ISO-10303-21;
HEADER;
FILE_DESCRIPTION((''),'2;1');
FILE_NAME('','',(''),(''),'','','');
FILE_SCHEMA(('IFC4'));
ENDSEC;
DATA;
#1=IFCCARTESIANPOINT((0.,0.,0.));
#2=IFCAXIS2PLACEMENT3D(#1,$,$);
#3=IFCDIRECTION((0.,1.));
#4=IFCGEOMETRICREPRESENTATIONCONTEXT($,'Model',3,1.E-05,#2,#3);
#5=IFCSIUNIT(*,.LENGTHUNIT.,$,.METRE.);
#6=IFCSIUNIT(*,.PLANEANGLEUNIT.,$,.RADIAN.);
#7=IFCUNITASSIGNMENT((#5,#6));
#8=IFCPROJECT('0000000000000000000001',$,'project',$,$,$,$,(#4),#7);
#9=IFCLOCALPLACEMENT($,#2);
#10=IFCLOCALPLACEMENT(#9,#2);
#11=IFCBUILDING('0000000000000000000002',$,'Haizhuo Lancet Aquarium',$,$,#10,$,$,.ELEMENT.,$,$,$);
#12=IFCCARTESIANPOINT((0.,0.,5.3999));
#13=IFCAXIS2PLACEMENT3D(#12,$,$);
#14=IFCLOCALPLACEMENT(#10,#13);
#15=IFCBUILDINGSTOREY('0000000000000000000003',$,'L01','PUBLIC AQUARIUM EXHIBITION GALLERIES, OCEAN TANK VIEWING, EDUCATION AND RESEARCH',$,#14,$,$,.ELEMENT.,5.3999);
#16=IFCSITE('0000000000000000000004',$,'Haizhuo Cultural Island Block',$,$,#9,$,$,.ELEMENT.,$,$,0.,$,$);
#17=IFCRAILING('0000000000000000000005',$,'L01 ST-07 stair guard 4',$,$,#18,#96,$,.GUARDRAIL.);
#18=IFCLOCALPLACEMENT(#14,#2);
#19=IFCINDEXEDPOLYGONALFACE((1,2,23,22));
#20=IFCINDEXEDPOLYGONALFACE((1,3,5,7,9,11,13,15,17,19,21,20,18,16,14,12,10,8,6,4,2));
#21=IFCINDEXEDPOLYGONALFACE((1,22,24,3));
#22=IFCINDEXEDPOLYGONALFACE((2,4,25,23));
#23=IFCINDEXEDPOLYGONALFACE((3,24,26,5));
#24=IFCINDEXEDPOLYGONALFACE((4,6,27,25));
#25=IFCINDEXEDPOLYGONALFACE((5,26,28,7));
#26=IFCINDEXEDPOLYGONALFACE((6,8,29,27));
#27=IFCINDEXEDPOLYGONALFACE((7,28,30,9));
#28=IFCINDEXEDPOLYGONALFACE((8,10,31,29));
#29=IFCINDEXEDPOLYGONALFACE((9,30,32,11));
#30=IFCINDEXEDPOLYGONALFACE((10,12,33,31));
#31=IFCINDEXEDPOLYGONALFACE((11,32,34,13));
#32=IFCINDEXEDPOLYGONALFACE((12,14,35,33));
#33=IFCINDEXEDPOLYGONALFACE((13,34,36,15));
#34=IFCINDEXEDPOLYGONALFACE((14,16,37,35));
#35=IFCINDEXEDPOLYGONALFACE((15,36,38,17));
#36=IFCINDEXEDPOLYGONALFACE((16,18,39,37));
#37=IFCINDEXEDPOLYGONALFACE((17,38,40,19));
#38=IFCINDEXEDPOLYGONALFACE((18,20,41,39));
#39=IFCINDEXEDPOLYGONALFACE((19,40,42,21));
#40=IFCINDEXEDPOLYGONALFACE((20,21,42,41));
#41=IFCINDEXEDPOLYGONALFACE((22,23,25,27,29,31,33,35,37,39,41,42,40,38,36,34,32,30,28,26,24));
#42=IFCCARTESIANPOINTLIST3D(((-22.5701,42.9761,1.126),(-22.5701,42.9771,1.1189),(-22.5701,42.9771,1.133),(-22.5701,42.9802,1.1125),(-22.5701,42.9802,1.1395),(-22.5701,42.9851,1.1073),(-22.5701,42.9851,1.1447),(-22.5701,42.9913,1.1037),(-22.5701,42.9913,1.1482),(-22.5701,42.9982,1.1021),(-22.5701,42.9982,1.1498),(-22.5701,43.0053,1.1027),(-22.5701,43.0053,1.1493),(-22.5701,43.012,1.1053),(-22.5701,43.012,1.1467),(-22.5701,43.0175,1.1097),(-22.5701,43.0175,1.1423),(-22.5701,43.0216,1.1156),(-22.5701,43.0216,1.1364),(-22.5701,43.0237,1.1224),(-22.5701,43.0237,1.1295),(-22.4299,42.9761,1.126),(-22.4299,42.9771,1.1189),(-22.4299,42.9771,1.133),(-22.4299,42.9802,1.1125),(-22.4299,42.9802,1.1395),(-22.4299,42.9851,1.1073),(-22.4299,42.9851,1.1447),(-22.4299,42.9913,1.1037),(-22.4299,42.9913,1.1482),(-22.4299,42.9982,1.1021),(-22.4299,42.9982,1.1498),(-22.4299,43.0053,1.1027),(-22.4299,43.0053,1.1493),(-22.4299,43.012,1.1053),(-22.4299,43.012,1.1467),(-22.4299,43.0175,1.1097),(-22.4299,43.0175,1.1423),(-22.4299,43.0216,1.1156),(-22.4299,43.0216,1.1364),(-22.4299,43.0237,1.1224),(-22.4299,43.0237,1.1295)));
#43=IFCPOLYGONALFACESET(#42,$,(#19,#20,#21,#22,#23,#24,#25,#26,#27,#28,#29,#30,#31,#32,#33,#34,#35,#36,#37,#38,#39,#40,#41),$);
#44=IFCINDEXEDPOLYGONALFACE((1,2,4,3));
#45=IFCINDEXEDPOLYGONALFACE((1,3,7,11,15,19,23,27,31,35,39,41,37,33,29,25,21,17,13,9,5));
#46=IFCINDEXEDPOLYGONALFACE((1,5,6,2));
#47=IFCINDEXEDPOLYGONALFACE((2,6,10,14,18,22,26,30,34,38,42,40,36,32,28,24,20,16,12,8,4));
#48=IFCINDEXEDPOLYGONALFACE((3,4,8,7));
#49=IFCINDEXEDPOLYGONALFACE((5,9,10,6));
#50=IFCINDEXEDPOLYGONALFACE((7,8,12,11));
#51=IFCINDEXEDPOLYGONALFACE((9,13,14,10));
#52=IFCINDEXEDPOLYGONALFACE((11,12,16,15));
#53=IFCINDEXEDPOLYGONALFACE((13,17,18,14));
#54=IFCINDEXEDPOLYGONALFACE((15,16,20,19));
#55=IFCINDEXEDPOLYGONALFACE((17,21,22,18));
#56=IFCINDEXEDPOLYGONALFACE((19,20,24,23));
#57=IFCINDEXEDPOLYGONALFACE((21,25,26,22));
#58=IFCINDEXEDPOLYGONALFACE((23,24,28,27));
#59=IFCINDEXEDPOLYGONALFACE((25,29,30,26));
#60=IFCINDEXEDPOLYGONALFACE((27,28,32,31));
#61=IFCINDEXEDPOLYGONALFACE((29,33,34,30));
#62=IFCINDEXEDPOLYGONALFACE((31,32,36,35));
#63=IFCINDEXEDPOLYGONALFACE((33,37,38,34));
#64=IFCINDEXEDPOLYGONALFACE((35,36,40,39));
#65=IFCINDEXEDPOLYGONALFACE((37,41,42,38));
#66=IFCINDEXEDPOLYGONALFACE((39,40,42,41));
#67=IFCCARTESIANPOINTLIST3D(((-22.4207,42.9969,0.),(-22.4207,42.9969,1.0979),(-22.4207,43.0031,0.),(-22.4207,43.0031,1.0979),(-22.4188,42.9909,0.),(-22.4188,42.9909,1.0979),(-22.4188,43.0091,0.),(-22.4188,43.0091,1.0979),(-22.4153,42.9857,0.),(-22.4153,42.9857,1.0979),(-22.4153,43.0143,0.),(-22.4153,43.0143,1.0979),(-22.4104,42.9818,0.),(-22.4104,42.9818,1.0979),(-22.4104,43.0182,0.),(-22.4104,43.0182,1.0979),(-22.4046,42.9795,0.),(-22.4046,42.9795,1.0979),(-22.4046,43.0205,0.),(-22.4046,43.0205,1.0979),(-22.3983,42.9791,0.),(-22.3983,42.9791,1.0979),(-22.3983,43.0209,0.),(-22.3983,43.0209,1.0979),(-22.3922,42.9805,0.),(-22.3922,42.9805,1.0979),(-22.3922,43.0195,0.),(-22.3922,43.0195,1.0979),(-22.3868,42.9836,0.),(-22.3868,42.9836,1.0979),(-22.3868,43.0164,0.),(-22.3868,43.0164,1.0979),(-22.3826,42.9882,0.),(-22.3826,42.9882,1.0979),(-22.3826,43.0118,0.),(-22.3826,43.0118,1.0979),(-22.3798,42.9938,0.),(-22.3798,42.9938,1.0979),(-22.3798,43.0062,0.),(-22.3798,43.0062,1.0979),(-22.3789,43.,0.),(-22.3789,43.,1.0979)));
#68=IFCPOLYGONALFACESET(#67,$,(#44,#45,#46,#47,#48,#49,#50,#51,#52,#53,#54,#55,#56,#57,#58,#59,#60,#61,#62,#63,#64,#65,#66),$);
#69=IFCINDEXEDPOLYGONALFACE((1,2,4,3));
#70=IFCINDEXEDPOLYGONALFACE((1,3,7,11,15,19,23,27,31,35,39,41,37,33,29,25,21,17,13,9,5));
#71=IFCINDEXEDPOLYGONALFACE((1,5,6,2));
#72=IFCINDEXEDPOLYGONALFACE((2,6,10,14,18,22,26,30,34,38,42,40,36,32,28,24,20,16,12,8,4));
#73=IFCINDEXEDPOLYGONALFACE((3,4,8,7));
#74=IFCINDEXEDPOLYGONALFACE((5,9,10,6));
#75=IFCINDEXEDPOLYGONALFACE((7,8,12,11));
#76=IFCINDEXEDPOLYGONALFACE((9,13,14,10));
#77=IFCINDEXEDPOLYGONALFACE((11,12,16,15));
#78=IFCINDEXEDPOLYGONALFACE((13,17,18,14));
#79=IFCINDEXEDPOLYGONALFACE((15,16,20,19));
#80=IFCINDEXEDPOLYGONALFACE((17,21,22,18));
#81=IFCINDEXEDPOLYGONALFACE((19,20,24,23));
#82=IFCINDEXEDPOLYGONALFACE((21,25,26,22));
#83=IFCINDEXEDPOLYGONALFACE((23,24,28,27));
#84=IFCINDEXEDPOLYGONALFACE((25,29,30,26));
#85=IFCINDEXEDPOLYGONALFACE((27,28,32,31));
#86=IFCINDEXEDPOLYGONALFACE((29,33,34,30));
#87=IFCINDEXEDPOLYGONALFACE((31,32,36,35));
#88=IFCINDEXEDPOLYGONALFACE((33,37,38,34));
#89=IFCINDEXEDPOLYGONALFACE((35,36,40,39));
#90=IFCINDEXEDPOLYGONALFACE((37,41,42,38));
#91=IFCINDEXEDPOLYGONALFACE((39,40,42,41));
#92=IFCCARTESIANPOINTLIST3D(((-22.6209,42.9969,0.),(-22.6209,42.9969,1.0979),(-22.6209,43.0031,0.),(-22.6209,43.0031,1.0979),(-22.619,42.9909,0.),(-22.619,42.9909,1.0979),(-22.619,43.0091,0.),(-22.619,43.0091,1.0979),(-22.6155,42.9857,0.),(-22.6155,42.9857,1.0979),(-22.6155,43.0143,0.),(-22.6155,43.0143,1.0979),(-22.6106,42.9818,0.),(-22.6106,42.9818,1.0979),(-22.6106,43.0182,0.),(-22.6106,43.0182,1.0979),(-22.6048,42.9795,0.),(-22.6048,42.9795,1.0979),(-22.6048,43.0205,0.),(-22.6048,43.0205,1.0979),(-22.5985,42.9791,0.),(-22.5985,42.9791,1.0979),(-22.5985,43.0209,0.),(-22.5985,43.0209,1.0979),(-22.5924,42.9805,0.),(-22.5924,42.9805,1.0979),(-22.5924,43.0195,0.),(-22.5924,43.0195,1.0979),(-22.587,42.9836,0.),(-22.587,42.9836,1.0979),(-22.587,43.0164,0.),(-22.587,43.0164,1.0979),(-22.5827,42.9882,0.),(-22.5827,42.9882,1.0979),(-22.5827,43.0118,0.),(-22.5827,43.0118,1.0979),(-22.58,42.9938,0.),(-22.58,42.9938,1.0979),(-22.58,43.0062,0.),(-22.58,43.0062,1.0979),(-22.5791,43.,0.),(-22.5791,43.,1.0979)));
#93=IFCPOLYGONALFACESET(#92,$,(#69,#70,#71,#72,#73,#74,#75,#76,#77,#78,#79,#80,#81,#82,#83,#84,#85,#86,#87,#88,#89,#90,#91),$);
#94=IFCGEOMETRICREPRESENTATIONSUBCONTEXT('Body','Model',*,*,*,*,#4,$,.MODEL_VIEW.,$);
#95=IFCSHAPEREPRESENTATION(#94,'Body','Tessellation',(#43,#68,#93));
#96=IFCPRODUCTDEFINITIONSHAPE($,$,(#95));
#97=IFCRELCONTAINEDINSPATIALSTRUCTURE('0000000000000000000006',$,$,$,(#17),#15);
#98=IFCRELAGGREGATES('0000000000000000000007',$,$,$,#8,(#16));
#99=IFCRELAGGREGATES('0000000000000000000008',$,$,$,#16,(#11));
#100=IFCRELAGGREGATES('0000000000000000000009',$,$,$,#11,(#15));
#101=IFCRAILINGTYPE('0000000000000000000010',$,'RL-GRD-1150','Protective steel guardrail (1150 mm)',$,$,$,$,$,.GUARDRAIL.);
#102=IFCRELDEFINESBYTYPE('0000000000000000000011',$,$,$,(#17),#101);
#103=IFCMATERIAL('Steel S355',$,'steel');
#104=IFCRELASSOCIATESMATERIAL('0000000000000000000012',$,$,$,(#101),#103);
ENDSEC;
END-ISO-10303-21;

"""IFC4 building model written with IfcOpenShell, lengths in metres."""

from ifc_helpers import new_model, si_unit, direction, frame, origin, origin_2d, place, context, subcontext, project, spatial, circle, extrude, material, type_object, element, save


model = new_model("IFC4")

# Units and contexts
model_context = context("Model", 3, precision=1e-05, world=origin(), true_north=direction((0.0, 1.0)))
body_context = subcontext(model_context, "Body", "Model", "MODEL_VIEW")
ifc_project = project(units=[si_unit("LENGTHUNIT", "METRE"), si_unit("PLANEANGLEUNIT", "RADIAN")], contexts=[model_context])

# Site, building, storey
site_placement = place(None, origin())
site = spatial("IfcSite", under=ifc_project, at=site_placement, Name="Haizhuo Cultural Island Block", CompositionType="ELEMENT", RefElevation=0.0)
building_placement = place(site_placement, origin())
building = spatial("IfcBuilding", under=site, at=building_placement, Name="Haizhuo Lancet Aquarium", CompositionType="ELEMENT")
storey_placement = place(building_placement, frame((0.0, 0.0, 5.3999)))
storey = spatial("IfcBuildingStorey", under=building, at=storey_placement, Name="L01", Description="PUBLIC AQUARIUM EXHIBITION GALLERIES, OCEAN TANK VIEWING, EDUCATION AND RESEARCH", CompositionType="ELEMENT", Elevation=5.3999)

# Shared definitions
ifc_material_1 = material(Name="Steel S355", Category="steel")

# Railing
railing_type_1 = type_object("IfcRailingType", Name="RL-GRD-1150", Description="Protective steel guardrail (1150 mm)", PredefinedType="GUARDRAIL", material=ifc_material_1)
railing_1_placement = place(storey_placement, frame((-22.3999, 43.0, 0.0)))
element("IfcRailing", 1, at=railing_1_placement, inside=storey, type_object=railing_type_1, Name="L01 ST-07 stair guard 4", PredefinedType="GUARDRAIL", context=body_context, shape_type="SweptSolid", body=[
    extrude(circle(Radius=0.0239, at=origin_2d()), frame((-0.03, 0.0, 1.126), z_axis=(-1.0, 0.0, 0.0), x_axis=(0.0, -1.0, 0.0)), (0.0, 0.0, 1.0), 0.1401),
    extrude(circle(Radius=0.021, at=origin_2d()), origin(), (0.0, 0.0, 1.0), 1.0979),
    extrude(circle(Radius=0.021, at=origin_2d()), frame((-0.2002, 0.0, 0.0)), (0.0, 0.0, 1.0), 1.0979),
])

save(model, "model.ifc")
